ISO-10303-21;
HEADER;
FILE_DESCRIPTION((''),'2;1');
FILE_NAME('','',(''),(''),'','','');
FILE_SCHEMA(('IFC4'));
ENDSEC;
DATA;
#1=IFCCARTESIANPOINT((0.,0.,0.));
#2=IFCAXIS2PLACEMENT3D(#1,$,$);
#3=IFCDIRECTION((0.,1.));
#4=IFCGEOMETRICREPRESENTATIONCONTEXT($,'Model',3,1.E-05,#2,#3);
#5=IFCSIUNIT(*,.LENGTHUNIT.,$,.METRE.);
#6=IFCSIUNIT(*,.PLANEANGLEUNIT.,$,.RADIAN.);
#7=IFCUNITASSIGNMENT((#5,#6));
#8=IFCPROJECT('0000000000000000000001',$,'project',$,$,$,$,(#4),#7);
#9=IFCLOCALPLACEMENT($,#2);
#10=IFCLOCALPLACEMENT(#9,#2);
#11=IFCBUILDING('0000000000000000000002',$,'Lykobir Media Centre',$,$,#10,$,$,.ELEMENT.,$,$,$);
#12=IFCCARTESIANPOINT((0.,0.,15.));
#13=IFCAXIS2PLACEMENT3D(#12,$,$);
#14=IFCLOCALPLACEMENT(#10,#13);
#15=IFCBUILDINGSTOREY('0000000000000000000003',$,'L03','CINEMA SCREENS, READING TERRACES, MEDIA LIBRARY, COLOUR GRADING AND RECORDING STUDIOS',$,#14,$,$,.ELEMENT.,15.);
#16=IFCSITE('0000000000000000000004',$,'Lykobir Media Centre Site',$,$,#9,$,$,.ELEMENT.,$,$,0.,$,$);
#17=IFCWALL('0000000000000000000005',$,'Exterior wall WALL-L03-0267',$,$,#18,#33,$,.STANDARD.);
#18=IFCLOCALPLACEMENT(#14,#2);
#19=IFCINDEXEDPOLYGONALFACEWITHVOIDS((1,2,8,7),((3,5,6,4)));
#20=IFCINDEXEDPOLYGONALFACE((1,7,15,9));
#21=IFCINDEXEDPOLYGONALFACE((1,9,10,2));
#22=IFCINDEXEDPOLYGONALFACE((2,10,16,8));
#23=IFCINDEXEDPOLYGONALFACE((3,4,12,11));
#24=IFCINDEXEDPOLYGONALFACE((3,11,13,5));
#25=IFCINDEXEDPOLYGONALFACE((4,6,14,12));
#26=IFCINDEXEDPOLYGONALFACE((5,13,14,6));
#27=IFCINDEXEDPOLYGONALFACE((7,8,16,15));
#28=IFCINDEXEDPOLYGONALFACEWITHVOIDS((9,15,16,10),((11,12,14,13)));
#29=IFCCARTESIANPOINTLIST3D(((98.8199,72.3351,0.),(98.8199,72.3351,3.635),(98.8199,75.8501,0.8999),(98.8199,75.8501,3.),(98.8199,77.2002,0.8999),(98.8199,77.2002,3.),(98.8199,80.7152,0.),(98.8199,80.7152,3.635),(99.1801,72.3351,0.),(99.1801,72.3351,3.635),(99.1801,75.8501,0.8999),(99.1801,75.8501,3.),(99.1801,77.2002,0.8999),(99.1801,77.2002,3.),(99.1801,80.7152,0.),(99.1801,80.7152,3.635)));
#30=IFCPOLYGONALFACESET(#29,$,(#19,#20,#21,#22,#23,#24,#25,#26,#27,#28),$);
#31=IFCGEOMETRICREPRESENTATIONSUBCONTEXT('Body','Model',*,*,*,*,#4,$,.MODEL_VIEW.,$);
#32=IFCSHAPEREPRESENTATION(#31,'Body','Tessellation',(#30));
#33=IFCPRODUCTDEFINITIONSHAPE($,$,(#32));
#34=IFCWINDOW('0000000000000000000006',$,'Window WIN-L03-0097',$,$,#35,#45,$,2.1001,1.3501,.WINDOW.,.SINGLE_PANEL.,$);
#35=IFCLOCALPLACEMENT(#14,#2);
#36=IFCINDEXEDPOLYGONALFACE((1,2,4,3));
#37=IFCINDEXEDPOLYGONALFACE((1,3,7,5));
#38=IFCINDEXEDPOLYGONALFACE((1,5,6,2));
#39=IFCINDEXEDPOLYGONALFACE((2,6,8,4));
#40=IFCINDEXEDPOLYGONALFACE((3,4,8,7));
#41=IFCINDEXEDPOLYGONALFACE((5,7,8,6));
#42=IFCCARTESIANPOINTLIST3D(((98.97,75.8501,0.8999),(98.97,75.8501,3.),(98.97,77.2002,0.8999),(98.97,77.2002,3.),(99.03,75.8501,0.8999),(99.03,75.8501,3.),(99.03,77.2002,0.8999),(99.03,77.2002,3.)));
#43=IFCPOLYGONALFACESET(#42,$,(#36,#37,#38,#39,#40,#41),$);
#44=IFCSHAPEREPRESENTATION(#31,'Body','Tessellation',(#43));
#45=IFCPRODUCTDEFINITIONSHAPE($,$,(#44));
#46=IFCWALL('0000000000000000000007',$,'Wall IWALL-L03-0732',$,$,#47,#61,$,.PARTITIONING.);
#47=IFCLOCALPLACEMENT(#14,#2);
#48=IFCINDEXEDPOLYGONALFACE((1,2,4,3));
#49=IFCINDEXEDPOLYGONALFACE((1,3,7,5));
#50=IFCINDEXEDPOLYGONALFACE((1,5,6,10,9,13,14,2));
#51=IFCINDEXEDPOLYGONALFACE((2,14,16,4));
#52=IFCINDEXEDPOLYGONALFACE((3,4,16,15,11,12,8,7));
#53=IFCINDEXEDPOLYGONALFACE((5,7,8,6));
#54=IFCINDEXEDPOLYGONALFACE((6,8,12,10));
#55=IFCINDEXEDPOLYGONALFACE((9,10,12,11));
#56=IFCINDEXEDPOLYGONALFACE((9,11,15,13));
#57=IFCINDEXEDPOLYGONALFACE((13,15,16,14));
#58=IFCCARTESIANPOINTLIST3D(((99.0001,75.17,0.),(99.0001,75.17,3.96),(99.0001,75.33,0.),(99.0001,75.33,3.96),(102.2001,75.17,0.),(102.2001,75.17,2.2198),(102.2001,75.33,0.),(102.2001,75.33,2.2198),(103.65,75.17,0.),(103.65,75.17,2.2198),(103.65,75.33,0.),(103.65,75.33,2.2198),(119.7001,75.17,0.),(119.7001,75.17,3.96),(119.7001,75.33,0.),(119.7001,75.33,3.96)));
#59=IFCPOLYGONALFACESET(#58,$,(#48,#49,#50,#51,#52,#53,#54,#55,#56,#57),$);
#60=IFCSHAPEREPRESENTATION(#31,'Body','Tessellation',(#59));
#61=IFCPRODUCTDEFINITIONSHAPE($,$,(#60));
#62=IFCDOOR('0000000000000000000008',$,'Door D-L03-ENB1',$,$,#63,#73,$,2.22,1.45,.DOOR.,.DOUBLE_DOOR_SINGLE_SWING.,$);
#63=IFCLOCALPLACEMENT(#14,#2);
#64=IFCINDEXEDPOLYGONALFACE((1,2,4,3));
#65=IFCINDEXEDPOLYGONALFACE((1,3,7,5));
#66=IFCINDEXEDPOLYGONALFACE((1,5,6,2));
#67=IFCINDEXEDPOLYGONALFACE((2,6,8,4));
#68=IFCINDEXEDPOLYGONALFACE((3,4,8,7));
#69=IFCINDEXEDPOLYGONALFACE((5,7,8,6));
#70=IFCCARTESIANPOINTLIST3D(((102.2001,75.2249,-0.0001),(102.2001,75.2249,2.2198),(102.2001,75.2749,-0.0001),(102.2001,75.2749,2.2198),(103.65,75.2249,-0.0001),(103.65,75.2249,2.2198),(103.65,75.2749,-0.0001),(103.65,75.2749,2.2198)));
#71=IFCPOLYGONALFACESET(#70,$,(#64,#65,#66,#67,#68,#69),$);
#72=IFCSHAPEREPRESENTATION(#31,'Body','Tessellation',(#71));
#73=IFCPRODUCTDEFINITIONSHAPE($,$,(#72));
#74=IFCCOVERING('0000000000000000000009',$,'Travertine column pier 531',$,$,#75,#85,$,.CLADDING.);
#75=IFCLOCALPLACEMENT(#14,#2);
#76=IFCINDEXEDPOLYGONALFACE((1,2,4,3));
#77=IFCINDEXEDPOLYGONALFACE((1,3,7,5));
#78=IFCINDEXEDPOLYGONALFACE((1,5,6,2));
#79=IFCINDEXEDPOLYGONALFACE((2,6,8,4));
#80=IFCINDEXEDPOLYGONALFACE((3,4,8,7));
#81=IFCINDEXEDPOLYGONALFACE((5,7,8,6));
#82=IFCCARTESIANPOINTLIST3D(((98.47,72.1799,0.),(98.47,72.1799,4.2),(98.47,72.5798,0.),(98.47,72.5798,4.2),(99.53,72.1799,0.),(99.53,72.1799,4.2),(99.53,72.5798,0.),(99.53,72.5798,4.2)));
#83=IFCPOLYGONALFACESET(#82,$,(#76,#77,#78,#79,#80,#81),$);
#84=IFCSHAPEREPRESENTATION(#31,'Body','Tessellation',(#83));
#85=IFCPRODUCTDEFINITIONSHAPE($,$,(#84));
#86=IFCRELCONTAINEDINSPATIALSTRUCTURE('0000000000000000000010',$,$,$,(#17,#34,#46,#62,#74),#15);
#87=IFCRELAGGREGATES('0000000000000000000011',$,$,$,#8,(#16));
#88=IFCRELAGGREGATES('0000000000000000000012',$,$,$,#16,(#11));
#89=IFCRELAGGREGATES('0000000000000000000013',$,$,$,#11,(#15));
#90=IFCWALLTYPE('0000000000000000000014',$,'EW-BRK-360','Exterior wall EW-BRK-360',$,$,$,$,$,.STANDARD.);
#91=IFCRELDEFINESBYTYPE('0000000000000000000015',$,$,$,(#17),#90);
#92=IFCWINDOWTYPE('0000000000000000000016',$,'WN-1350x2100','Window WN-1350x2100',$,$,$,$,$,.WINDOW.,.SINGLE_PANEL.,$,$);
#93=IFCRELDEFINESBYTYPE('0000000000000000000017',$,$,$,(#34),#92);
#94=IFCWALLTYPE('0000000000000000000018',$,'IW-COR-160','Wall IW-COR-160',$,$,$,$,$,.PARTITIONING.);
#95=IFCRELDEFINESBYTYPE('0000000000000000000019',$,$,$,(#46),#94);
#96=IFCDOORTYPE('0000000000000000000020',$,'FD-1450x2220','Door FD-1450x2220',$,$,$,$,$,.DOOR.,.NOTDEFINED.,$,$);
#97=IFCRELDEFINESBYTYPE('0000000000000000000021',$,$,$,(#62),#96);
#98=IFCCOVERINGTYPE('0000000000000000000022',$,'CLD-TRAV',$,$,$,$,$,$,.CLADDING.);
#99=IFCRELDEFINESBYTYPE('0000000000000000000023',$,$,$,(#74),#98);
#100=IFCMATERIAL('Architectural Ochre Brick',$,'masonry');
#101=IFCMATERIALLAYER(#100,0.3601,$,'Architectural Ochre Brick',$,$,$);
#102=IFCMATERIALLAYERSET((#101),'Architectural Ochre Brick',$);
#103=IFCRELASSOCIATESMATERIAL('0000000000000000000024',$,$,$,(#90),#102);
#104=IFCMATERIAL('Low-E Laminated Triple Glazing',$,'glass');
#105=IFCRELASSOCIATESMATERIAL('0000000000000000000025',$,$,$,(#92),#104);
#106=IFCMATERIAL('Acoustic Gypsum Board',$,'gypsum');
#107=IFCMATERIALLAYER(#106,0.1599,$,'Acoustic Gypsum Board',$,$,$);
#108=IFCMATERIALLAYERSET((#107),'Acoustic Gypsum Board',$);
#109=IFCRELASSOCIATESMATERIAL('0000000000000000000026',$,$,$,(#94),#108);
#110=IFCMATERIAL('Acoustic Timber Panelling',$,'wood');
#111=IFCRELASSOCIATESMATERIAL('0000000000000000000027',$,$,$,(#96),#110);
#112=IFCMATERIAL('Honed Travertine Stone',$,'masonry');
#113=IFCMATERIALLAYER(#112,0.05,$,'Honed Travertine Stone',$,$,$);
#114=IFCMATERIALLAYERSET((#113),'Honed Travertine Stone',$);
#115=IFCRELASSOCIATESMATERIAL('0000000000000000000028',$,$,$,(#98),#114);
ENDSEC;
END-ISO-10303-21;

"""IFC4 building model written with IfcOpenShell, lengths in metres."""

from ifc_helpers import new_model, si_unit, direction, frame, frame_2d, origin, origin_2d, place, context, subcontext, project, spatial, rectangle, extrude, material, layer, layer_set, type_object, element, fill, save


model = new_model("IFC4")

# Units and contexts
model_context = context("Model", 3, precision=1e-05, world=origin(), true_north=direction((0.0, 1.0)))
body_context = subcontext(model_context, "Body", "Model", "MODEL_VIEW")
ifc_project = project(units=[si_unit("LENGTHUNIT", "METRE"), si_unit("PLANEANGLEUNIT", "RADIAN")], contexts=[model_context])

# Site, building, storey
site_placement = place(None, origin())
site = spatial("IfcSite", under=ifc_project, at=site_placement, Name="Lykobir Media Centre Site", CompositionType="ELEMENT", RefElevation=0.0)
building_placement = place(site_placement, origin())
building = spatial("IfcBuilding", under=site, at=building_placement, Name="Lykobir Media Centre", CompositionType="ELEMENT")
storey_placement = place(building_placement, frame((0.0, 0.0, 15.0)))
storey = spatial("IfcBuildingStorey", under=building, at=storey_placement, Name="L03", Description="CINEMA SCREENS, READING TERRACES, MEDIA LIBRARY, COLOUR GRADING AND RECORDING STUDIOS", CompositionType="ELEMENT", Elevation=15.0)

# Shared definitions
ifc_material_1 = material(Name="Low-E Laminated Triple Glazing", Category="glass")

# Wall, opening, window
ifc_material_2 = material(Name="Architectural Ochre Brick", Category="masonry")
ifc_layer_1 = layer(ifc_material_2, 0.3601, Name="Architectural Ochre Brick")
ifc_layer_set_1 = layer_set([ifc_layer_1], Name="Architectural Ochre Brick")
wall_type_1 = type_object("IfcWallType", Name="EW-BRK-360", Description="Exterior wall EW-BRK-360", PredefinedType="STANDARD", material=ifc_layer_set_1)
wall_1_placement = place(storey_placement, frame((99.0, 80.7151, 0.0), z_axis=(0.0, 0.0, 1.0), x_axis=(0.0, -1.0, 0.0)))
wall_1 = element("IfcWall", 1, at=wall_1_placement, inside=storey, type_object=wall_type_1, Name="Exterior wall WALL-L03-0267", PredefinedType="STANDARD", context=body_context, shape_type="SweptSolid", body=[
    extrude(rectangle(XDim=8.3801, YDim=0.3601, at=frame_2d((4.1899, 0.0))), origin(), (0.0, 0.0, 1.0), 3.635),
])
opening_1_placement = place(wall_1_placement, frame((3.5149, 0.0, 0.8999)))
opening_1 = element("IfcOpeningElement", 2, at=opening_1_placement, cuts=wall_1, PredefinedType="OPENING", context=body_context, shape_type="SweptSolid", body=[
    extrude(rectangle(XDim=1.3501, YDim=2.1001, at=frame_2d((0.675, 1.05))), frame((0.0, 0.1899, 0.0), z_axis=(0.0, -1.0, 0.0), x_axis=(1.0, 0.0, 0.0)), (0.0, 0.0, 1.0), 0.3801),
])
window_type = type_object("IfcWindowType", Name="WN-1350x2100", Description="Window WN-1350x2100", PartitioningType="SINGLE_PANEL", PredefinedType="WINDOW", material=ifc_material_1)
window_placement = place(opening_1_placement, origin())
window = element("IfcWindow", 3, at=window_placement, inside=storey, type_object=window_type, Name="Window WIN-L03-0097", OverallHeight=2.1001, OverallWidth=1.3501, PartitioningType="SINGLE_PANEL", PredefinedType="WINDOW", context=body_context, shape_type="SweptSolid", body=[
    extrude(rectangle(XDim=1.3501, YDim=2.1001, at=frame_2d((0.675, 1.05))), frame((0.0, 0.03, 0.0), z_axis=(0.0, -1.0, 0.0), x_axis=(1.0, 0.0, 0.0)), (0.0, 0.0, 1.0), 0.0601),
])
fill(opening_1, window)

# Wall, opening, door
ifc_material_3 = material(Name="Acoustic Gypsum Board", Category="gypsum")
ifc_layer_2 = layer(ifc_material_3, 0.1599, Name="Acoustic Gypsum Board")
ifc_layer_set_2 = layer_set([ifc_layer_2], Name="Acoustic Gypsum Board")
wall_type_2 = type_object("IfcWallType", Name="IW-COR-160", Description="Wall IW-COR-160", PredefinedType="PARTITIONING", material=ifc_layer_set_2)
wall_2_placement = place(storey_placement, frame((99.0, 75.25, 0.0), z_axis=(0.0, 0.0, 1.0), x_axis=(1.0, 0.0, 0.0)))
wall_2 = element("IfcWall", 4, at=wall_2_placement, inside=storey, type_object=wall_type_2, Name="Wall IWALL-L03-0732", PredefinedType="PARTITIONING", context=body_context, shape_type="SweptSolid", body=[
    extrude(rectangle(XDim=20.7, YDim=0.1599, at=frame_2d((10.3501, 0.0))), origin(), (0.0, 0.0, 1.0), 3.96),
])
opening_2_placement = place(wall_2_placement, frame((3.2, 0.0, 0.0)))
opening_2 = element("IfcOpeningElement", 5, at=opening_2_placement, cuts=wall_2, PredefinedType="OPENING", context=body_context, shape_type="SweptSolid", body=[
    extrude(rectangle(XDim=1.45, YDim=2.22, at=frame_2d((0.7251, 1.1099))), frame((0.0, 0.0898, 0.0), z_axis=(0.0, -1.0, 0.0), x_axis=(1.0, 0.0, 0.0)), (0.0, 0.0, 1.0), 0.1799),
])
ifc_material_4 = material(Name="Acoustic Timber Panelling", Category="wood")
door_type = type_object("IfcDoorType", Name="FD-1450x2220", Description="Door FD-1450x2220", OperationType="NOTDEFINED", PredefinedType="DOOR", material=ifc_material_4)
door_placement = place(opening_2_placement, origin())
door = element("IfcDoor", 6, at=door_placement, inside=storey, type_object=door_type, Name="Door D-L03-ENB1", OperationType="DOUBLE_DOOR_SINGLE_SWING", OverallHeight=2.22, OverallWidth=1.45, PredefinedType="DOOR", context=body_context, shape_type="SweptSolid", body=[
    extrude(rectangle(XDim=1.45, YDim=2.22, at=frame_2d((0.7251, 1.1099))), frame((0.0, 0.0249, 0.0), z_axis=(0.0, -1.0, 0.0), x_axis=(1.0, 0.0, 0.0)), (0.0, 0.0, 1.0), 0.05),
])
fill(opening_2, door)

# Covering
ifc_material_5 = material(Name="Honed Travertine Stone", Category="masonry")
ifc_layer_3 = layer(ifc_material_5, 0.05, Name="Honed Travertine Stone")
ifc_layer_set_3 = layer_set([ifc_layer_3], Name="Honed Travertine Stone")
covering_type = type_object("IfcCoveringType", Name="CLD-TRAV", PredefinedType="CLADDING", material=ifc_layer_set_3)
covering_placement = place(storey_placement, frame((99.0, 72.3799, 0.0), z_axis=(0.0, 0.0, 1.0), x_axis=(-1.0, 0.0, 0.0)))
element("IfcCovering", 7, at=covering_placement, inside=storey, type_object=covering_type, Name="Travertine column pier 531", PredefinedType="CLADDING", context=body_context, shape_type="SweptSolid", body=[
    extrude(rectangle(XDim=1.0601, YDim=0.3999, at=origin_2d()), origin(), (0.0, 0.0, 1.0), 4.2),
])

save(model, "model.ifc")
